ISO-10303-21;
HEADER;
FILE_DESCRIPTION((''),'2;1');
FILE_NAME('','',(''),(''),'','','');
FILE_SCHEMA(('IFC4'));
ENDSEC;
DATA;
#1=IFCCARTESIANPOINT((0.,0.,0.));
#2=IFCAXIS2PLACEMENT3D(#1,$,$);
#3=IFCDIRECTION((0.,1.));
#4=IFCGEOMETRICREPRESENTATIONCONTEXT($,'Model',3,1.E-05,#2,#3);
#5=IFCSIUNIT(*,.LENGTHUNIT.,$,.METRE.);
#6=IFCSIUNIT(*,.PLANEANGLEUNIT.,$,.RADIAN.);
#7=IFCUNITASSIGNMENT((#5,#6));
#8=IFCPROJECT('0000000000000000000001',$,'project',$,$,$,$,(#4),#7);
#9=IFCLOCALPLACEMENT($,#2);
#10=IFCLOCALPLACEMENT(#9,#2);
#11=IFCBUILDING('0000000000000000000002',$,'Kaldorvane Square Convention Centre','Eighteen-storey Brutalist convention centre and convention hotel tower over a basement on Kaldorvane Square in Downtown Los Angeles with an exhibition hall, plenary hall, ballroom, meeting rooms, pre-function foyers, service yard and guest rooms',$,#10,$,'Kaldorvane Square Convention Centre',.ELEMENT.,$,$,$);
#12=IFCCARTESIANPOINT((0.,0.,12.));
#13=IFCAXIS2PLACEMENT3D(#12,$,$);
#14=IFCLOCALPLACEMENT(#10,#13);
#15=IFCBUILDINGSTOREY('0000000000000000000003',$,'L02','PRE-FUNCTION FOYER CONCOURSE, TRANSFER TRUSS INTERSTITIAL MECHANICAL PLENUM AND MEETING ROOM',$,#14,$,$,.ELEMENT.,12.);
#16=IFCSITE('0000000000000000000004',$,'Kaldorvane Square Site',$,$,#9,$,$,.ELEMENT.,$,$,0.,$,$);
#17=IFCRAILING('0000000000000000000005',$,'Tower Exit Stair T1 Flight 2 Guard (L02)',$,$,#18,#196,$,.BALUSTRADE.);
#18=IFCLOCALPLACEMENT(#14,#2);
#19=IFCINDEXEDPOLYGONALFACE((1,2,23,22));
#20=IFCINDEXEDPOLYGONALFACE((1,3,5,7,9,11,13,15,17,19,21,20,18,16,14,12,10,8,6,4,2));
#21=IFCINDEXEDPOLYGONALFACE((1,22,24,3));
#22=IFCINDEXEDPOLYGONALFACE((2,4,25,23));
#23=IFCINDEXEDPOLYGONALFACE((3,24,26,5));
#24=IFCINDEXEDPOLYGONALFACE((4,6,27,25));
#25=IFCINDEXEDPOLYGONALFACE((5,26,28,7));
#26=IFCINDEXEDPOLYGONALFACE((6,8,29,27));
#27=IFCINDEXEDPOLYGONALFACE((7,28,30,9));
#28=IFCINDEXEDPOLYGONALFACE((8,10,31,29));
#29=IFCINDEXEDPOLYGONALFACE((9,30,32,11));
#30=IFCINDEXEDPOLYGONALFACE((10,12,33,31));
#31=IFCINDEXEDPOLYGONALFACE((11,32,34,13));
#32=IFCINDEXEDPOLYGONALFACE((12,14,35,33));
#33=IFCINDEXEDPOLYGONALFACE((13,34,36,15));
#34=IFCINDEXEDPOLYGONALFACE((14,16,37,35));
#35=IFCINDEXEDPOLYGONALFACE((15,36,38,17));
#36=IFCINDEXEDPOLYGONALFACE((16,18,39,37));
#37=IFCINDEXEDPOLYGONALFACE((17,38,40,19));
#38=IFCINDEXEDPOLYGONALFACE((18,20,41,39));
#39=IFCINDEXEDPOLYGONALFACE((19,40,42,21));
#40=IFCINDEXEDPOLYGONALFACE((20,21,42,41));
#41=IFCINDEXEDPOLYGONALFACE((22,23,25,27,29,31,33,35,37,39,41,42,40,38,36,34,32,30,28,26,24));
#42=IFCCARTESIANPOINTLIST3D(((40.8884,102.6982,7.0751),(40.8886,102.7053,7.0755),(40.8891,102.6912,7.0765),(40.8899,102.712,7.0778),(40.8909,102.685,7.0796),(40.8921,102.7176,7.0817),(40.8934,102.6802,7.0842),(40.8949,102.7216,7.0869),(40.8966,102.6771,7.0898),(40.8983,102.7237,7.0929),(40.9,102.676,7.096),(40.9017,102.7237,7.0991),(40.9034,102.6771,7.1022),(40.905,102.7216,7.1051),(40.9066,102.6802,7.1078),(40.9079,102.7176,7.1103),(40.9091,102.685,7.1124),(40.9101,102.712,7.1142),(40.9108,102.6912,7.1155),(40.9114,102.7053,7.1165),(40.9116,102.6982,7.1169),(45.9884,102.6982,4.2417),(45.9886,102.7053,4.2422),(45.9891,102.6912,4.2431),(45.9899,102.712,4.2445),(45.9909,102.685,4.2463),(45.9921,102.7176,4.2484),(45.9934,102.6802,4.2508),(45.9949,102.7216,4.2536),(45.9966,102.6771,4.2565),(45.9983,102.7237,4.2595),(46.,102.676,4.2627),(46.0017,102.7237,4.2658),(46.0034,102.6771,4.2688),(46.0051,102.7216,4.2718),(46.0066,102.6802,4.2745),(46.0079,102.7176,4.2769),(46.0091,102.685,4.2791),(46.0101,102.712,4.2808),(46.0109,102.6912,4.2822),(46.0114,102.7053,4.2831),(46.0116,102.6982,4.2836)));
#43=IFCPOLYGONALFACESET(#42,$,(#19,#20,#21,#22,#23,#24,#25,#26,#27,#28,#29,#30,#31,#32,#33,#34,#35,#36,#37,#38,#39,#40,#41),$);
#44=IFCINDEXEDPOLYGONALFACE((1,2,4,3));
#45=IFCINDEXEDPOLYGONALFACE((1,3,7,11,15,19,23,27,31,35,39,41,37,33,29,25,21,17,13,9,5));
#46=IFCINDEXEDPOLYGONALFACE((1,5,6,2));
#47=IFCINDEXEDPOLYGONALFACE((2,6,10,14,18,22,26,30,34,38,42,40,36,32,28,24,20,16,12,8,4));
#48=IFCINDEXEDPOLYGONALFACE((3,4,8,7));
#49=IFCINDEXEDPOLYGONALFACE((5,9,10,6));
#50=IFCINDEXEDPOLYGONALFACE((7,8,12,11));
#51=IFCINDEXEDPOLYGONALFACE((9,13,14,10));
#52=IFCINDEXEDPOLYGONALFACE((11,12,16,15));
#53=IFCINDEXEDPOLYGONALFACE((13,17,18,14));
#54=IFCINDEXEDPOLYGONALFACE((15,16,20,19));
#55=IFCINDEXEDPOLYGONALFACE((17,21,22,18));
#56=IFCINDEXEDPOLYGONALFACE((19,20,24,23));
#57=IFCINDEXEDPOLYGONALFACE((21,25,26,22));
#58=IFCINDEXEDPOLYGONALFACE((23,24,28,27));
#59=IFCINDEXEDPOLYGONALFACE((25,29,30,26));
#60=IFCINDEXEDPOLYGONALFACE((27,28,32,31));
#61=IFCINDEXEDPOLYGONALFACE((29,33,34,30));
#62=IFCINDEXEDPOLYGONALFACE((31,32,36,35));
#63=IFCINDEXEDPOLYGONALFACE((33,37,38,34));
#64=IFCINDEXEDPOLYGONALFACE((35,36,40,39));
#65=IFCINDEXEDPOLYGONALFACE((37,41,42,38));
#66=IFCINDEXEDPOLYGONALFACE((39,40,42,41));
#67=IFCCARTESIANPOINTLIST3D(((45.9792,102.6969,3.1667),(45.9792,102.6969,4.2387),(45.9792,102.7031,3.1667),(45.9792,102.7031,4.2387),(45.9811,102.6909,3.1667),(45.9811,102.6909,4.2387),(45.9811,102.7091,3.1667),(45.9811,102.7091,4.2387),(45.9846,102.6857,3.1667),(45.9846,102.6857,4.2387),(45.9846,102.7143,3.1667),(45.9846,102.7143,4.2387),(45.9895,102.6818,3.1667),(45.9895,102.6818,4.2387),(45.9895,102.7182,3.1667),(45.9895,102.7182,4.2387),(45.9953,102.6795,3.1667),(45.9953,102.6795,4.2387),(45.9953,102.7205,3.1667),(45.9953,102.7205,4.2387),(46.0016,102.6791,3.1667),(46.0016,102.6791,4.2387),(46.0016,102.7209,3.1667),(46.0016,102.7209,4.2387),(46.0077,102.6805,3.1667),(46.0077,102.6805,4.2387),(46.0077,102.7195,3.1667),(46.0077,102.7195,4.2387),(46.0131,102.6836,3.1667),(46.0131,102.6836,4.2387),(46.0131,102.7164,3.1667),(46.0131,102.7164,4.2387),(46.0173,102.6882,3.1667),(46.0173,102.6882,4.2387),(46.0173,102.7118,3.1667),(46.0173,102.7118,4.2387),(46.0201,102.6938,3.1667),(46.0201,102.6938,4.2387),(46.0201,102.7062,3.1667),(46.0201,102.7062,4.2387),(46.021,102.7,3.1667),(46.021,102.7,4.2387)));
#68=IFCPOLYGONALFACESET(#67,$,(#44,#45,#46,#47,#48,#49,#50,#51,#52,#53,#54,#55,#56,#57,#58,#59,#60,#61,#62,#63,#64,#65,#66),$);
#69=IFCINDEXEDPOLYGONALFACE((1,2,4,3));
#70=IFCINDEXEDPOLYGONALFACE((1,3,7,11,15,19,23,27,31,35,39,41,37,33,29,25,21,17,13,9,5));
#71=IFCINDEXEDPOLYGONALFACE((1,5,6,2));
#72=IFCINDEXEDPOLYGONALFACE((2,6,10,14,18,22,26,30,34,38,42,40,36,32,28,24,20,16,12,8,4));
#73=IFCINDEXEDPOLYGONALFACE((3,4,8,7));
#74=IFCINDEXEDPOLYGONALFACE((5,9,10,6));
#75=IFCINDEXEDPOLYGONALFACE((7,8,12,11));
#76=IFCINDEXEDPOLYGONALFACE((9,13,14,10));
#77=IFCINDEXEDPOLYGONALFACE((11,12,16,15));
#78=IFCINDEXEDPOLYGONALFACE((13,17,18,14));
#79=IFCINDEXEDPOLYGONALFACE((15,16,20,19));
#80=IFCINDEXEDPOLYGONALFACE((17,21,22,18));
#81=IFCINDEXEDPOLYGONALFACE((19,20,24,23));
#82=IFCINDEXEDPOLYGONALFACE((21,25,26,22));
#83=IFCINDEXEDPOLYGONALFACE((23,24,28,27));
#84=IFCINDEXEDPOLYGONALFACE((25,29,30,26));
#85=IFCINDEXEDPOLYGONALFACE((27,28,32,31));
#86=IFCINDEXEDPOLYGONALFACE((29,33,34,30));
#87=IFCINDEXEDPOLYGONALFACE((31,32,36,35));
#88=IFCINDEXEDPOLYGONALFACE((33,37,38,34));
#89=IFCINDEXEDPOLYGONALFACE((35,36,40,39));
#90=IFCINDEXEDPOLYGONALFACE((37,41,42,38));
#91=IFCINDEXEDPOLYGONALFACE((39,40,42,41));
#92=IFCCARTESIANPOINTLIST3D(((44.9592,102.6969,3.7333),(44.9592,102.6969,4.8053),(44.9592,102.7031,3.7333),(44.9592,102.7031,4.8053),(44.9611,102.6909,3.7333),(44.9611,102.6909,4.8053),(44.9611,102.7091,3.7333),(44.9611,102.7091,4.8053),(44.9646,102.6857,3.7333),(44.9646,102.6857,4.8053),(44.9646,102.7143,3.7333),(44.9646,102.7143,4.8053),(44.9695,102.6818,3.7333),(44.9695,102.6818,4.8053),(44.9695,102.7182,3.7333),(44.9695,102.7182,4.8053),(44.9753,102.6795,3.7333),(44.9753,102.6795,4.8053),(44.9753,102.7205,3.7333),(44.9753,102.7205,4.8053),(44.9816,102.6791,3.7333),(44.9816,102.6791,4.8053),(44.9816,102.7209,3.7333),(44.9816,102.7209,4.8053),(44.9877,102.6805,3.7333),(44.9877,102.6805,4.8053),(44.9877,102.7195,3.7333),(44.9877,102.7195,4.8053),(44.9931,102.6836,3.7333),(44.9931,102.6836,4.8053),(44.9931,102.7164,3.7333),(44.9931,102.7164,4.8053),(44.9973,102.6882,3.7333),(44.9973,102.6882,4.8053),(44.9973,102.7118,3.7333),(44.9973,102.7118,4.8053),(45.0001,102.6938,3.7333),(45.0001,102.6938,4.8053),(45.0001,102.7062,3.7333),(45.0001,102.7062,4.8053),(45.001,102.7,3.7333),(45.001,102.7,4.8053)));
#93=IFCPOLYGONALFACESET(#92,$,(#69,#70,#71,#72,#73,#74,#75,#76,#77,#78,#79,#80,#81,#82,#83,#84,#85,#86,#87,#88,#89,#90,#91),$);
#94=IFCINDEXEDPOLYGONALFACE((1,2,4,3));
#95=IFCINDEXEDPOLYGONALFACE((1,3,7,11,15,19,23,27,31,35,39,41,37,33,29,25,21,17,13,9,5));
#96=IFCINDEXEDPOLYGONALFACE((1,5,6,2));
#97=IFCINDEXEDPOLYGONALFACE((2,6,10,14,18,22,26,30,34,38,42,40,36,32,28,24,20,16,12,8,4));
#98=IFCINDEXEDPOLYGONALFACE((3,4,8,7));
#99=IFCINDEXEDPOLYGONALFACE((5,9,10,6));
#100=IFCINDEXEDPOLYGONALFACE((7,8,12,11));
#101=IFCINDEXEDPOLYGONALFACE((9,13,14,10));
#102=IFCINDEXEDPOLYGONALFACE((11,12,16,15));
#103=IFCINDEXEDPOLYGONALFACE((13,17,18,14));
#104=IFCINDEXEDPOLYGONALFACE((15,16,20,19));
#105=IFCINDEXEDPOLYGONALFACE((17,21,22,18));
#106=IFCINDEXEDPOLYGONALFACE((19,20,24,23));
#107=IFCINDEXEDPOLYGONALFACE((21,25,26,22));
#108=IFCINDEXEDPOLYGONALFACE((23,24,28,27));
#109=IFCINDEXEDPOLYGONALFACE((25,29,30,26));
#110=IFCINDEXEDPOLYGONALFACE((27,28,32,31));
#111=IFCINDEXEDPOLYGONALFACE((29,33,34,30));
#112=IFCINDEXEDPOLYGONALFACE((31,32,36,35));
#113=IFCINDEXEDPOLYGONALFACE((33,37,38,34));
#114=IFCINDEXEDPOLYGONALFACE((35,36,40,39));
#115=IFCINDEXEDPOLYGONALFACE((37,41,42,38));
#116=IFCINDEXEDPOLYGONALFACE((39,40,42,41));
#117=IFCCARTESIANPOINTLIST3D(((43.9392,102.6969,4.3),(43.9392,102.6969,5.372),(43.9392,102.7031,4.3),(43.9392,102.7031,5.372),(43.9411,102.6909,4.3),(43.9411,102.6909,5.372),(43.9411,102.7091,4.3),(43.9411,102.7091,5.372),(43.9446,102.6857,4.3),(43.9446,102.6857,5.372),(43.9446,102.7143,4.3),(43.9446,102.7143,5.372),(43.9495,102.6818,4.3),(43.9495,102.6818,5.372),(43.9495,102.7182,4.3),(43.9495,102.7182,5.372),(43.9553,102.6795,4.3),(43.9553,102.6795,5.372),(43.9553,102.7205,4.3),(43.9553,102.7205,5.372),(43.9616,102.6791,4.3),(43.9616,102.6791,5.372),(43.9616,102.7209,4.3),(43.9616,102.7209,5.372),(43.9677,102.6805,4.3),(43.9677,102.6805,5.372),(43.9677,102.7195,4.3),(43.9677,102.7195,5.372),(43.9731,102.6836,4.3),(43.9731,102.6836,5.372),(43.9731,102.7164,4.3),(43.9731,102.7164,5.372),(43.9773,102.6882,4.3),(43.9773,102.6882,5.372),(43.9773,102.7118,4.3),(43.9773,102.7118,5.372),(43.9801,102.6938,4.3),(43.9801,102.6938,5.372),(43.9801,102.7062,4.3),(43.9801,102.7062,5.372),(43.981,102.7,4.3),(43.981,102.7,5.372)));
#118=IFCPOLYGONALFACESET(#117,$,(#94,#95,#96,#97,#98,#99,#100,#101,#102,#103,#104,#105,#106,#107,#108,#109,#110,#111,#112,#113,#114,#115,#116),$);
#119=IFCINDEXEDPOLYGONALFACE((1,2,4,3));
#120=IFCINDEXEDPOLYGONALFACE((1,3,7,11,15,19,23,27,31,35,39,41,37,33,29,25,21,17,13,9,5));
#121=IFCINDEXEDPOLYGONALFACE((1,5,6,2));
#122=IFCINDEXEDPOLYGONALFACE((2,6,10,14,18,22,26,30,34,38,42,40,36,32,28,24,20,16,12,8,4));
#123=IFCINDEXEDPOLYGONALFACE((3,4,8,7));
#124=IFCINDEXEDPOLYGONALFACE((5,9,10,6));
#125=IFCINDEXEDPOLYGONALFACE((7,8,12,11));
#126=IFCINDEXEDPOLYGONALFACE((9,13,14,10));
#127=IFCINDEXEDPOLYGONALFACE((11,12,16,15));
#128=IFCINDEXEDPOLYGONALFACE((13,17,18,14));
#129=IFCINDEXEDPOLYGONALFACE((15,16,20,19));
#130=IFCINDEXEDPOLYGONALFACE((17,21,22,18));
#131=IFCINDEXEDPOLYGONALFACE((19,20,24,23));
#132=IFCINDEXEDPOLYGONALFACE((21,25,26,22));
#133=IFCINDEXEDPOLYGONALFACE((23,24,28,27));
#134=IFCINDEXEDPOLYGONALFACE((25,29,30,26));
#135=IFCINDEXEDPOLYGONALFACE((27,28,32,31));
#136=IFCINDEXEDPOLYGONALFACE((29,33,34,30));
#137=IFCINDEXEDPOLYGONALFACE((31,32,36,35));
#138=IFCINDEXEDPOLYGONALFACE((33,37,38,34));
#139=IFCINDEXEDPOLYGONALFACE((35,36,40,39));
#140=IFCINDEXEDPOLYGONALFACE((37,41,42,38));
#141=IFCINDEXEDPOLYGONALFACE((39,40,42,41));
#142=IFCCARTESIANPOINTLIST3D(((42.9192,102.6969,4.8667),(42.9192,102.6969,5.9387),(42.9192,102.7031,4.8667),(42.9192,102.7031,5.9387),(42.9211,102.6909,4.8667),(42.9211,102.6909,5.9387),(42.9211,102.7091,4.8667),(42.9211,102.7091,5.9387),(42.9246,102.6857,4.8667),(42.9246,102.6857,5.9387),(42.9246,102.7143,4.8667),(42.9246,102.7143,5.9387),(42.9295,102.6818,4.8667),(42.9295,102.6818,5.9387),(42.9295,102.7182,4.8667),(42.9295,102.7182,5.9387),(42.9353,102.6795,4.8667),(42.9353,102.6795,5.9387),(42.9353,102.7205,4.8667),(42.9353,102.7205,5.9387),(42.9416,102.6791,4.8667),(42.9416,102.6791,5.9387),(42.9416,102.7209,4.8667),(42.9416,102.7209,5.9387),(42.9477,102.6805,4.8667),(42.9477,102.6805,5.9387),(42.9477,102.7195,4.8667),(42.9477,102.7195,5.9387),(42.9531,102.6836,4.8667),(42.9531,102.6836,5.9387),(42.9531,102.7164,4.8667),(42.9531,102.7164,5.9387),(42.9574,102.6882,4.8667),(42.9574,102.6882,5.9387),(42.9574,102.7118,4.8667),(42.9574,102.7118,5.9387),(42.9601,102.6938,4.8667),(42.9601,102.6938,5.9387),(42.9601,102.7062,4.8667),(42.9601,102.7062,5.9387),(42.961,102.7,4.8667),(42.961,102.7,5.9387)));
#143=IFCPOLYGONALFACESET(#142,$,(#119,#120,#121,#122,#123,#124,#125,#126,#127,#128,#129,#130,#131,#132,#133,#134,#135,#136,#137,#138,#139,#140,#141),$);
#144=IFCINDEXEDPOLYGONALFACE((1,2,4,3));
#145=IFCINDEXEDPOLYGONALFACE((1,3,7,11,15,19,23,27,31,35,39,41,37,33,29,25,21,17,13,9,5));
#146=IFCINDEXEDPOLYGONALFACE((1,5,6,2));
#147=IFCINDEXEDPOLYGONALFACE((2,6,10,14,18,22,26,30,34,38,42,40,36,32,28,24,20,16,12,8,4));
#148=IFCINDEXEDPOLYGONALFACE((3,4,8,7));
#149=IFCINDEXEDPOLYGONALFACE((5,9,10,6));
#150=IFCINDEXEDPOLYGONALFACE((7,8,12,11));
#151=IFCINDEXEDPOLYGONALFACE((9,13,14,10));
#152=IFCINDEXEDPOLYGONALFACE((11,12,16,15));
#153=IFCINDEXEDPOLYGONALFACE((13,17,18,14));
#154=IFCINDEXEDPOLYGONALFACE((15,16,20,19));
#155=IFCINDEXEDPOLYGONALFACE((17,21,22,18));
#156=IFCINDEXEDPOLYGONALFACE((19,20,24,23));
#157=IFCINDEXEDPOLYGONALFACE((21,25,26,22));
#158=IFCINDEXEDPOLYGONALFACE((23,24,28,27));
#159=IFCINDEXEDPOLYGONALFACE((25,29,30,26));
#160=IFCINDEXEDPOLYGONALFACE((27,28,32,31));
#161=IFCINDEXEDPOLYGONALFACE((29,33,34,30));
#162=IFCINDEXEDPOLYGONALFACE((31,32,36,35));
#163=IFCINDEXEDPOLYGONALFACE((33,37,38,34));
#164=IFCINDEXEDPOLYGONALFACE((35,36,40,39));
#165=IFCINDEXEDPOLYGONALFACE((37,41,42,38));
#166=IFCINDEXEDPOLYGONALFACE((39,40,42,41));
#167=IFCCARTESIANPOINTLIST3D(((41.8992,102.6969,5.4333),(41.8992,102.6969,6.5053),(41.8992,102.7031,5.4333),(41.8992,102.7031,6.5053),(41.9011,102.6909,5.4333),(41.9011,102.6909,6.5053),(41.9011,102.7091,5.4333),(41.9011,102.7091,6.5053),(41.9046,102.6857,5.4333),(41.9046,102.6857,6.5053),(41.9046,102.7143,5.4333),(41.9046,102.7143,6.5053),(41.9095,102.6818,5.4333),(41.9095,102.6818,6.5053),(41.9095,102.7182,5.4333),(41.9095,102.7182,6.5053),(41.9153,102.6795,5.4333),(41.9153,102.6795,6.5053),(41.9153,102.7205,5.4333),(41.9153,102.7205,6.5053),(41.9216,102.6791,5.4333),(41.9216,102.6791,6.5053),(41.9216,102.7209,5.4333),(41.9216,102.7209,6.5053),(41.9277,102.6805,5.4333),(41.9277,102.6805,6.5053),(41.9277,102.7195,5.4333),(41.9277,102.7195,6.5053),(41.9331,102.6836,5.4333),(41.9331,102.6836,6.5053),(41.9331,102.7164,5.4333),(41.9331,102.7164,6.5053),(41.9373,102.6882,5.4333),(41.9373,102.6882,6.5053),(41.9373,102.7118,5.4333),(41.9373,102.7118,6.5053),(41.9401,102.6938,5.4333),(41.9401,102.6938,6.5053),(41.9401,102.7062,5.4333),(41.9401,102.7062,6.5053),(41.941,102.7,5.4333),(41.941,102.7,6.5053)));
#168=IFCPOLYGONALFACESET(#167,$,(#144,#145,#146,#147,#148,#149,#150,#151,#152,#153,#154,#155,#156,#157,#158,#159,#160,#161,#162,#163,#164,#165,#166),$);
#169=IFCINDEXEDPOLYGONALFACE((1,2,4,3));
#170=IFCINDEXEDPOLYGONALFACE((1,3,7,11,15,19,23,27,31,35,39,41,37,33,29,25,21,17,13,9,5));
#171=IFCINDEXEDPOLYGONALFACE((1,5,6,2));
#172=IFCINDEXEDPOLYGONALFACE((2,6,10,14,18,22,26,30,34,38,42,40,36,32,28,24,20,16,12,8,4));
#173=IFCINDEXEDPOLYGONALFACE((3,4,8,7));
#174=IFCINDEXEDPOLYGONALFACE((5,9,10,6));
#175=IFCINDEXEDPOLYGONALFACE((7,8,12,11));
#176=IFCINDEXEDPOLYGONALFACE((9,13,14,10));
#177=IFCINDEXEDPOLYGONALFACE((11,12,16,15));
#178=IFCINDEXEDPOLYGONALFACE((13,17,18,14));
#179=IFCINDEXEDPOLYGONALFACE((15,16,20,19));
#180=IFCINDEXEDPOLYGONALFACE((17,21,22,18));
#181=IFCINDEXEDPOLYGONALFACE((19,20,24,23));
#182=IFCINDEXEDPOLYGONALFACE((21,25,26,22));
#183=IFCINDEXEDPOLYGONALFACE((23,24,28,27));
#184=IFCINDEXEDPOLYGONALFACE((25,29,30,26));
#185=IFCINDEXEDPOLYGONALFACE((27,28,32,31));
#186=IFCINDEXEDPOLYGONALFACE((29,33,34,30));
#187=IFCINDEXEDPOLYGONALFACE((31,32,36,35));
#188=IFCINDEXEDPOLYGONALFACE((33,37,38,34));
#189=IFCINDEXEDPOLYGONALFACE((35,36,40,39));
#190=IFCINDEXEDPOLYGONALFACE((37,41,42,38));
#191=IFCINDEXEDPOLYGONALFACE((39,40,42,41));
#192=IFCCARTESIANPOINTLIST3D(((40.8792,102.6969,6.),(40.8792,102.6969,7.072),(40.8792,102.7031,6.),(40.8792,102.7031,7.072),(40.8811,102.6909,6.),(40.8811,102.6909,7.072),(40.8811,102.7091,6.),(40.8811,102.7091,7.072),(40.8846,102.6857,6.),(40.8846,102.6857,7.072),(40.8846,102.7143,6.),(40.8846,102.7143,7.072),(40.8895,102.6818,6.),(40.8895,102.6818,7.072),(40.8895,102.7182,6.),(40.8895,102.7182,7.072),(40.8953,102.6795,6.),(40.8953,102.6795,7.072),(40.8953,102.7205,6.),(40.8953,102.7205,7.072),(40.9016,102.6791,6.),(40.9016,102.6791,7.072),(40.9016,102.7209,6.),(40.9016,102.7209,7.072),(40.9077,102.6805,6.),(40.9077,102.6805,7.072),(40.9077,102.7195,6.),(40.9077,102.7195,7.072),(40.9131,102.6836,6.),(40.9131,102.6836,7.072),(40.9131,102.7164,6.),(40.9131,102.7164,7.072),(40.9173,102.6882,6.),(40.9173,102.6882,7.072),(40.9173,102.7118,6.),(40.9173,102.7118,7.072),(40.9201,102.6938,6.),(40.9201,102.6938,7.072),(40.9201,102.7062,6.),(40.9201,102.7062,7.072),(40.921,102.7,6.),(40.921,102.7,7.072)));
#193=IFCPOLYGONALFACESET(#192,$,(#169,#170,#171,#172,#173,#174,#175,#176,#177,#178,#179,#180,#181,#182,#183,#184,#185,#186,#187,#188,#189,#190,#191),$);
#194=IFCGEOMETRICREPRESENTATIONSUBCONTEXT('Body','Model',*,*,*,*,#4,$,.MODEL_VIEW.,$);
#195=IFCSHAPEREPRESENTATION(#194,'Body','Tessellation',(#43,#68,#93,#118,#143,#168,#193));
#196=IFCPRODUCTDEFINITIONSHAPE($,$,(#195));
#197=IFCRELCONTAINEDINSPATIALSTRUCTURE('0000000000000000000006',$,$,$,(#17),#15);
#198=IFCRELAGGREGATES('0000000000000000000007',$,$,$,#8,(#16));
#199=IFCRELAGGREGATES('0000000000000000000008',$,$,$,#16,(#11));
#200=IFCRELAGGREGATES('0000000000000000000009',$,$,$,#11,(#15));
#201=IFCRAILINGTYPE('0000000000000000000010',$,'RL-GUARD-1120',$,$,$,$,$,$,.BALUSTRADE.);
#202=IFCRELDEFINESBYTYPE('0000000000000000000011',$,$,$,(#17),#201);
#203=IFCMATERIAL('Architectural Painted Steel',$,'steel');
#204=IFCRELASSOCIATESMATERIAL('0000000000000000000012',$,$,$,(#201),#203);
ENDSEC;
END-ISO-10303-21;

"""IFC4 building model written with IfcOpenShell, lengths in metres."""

from ifc_helpers import new_model, si_unit, direction, frame, origin, origin_2d, place, context, subcontext, project, spatial, circle, extrude, material, type_object, element, save


model = new_model("IFC4")

# Units and contexts
model_context = context("Model", 3, precision=1e-05, world=origin(), true_north=direction((0.0, 1.0)))
body_context = subcontext(model_context, "Body", "Model", "MODEL_VIEW")
ifc_project = project(units=[si_unit("LENGTHUNIT", "METRE"), si_unit("PLANEANGLEUNIT", "RADIAN")], contexts=[model_context])

# Site, building, storey
site_placement = place(None, origin())
site = spatial("IfcSite", under=ifc_project, at=site_placement, Name="Kaldorvane Square Site", CompositionType="ELEMENT", RefElevation=0.0)
building_placement = place(site_placement, origin())
building = spatial("IfcBuilding", under=site, at=building_placement, Name="Kaldorvane Square Convention Centre", Description="Eighteen-storey Brutalist convention centre and convention hotel tower over a basement on Kaldorvane Square in Downtown Los Angeles with an exhibition hall, plenary hall, ballroom, meeting rooms, pre-function foyers, service yard and guest rooms", LongName="Kaldorvane Square Convention Centre", CompositionType="ELEMENT")
storey_placement = place(building_placement, frame((0.0, 0.0, 12.0)))
storey = spatial("IfcBuildingStorey", under=building, at=storey_placement, Name="L02", Description="PRE-FUNCTION FOYER CONCOURSE, TRANSFER TRUSS INTERSTITIAL MECHANICAL PLENUM AND MEETING ROOM", CompositionType="ELEMENT", Elevation=12.0)

# Railing
ifc_material_1 = material(Name="Architectural Painted Steel", Category="steel")
railing_type = type_object("IfcRailingType", Name="RL-GUARD-1120", PredefinedType="BALUSTRADE", material=ifc_material_1)
railing_placement = place(storey_placement, frame((46.0, 102.7, 3.1667)))
element("IfcRailing", 1, at=railing_placement, inside=storey, type_object=railing_type, Name="Tower Exit Stair T1 Flight 2 Guard (L02)", PredefinedType="BALUSTRADE", context=body_context, shape_type="SweptSolid", body=[
    extrude(circle(Radius=0.024, at=origin_2d()), frame((0.0, 0.0, 1.096), z_axis=(-0.874158, 0.0, 0.485642), x_axis=(0.0, -1.0, 0.0)), (0.0, 0.0, 1.0), 5.8342),
    extrude(circle(Radius=0.021, at=origin_2d()), origin(), (0.0, 0.0, 1.0), 1.072),
    extrude(circle(Radius=0.021, at=origin_2d()), frame((-1.02, 0.0, 0.5667)), (0.0, 0.0, 1.0), 1.072),
    extrude(circle(Radius=0.021, at=origin_2d()), frame((-2.04, 0.0, 1.1333)), (0.0, 0.0, 1.0), 1.072),
    extrude(circle(Radius=0.021, at=origin_2d()), frame((-3.06, 0.0, 1.7)), (0.0, 0.0, 1.0), 1.072),
    extrude(circle(Radius=0.021, at=origin_2d()), frame((-4.08, 0.0, 2.2667)), (0.0, 0.0, 1.0), 1.072),
    extrude(circle(Radius=0.021, at=origin_2d()), frame((-5.1, 0.0, 2.8333)), (0.0, 0.0, 1.0), 1.072),
])

save(model, "model.ifc")
